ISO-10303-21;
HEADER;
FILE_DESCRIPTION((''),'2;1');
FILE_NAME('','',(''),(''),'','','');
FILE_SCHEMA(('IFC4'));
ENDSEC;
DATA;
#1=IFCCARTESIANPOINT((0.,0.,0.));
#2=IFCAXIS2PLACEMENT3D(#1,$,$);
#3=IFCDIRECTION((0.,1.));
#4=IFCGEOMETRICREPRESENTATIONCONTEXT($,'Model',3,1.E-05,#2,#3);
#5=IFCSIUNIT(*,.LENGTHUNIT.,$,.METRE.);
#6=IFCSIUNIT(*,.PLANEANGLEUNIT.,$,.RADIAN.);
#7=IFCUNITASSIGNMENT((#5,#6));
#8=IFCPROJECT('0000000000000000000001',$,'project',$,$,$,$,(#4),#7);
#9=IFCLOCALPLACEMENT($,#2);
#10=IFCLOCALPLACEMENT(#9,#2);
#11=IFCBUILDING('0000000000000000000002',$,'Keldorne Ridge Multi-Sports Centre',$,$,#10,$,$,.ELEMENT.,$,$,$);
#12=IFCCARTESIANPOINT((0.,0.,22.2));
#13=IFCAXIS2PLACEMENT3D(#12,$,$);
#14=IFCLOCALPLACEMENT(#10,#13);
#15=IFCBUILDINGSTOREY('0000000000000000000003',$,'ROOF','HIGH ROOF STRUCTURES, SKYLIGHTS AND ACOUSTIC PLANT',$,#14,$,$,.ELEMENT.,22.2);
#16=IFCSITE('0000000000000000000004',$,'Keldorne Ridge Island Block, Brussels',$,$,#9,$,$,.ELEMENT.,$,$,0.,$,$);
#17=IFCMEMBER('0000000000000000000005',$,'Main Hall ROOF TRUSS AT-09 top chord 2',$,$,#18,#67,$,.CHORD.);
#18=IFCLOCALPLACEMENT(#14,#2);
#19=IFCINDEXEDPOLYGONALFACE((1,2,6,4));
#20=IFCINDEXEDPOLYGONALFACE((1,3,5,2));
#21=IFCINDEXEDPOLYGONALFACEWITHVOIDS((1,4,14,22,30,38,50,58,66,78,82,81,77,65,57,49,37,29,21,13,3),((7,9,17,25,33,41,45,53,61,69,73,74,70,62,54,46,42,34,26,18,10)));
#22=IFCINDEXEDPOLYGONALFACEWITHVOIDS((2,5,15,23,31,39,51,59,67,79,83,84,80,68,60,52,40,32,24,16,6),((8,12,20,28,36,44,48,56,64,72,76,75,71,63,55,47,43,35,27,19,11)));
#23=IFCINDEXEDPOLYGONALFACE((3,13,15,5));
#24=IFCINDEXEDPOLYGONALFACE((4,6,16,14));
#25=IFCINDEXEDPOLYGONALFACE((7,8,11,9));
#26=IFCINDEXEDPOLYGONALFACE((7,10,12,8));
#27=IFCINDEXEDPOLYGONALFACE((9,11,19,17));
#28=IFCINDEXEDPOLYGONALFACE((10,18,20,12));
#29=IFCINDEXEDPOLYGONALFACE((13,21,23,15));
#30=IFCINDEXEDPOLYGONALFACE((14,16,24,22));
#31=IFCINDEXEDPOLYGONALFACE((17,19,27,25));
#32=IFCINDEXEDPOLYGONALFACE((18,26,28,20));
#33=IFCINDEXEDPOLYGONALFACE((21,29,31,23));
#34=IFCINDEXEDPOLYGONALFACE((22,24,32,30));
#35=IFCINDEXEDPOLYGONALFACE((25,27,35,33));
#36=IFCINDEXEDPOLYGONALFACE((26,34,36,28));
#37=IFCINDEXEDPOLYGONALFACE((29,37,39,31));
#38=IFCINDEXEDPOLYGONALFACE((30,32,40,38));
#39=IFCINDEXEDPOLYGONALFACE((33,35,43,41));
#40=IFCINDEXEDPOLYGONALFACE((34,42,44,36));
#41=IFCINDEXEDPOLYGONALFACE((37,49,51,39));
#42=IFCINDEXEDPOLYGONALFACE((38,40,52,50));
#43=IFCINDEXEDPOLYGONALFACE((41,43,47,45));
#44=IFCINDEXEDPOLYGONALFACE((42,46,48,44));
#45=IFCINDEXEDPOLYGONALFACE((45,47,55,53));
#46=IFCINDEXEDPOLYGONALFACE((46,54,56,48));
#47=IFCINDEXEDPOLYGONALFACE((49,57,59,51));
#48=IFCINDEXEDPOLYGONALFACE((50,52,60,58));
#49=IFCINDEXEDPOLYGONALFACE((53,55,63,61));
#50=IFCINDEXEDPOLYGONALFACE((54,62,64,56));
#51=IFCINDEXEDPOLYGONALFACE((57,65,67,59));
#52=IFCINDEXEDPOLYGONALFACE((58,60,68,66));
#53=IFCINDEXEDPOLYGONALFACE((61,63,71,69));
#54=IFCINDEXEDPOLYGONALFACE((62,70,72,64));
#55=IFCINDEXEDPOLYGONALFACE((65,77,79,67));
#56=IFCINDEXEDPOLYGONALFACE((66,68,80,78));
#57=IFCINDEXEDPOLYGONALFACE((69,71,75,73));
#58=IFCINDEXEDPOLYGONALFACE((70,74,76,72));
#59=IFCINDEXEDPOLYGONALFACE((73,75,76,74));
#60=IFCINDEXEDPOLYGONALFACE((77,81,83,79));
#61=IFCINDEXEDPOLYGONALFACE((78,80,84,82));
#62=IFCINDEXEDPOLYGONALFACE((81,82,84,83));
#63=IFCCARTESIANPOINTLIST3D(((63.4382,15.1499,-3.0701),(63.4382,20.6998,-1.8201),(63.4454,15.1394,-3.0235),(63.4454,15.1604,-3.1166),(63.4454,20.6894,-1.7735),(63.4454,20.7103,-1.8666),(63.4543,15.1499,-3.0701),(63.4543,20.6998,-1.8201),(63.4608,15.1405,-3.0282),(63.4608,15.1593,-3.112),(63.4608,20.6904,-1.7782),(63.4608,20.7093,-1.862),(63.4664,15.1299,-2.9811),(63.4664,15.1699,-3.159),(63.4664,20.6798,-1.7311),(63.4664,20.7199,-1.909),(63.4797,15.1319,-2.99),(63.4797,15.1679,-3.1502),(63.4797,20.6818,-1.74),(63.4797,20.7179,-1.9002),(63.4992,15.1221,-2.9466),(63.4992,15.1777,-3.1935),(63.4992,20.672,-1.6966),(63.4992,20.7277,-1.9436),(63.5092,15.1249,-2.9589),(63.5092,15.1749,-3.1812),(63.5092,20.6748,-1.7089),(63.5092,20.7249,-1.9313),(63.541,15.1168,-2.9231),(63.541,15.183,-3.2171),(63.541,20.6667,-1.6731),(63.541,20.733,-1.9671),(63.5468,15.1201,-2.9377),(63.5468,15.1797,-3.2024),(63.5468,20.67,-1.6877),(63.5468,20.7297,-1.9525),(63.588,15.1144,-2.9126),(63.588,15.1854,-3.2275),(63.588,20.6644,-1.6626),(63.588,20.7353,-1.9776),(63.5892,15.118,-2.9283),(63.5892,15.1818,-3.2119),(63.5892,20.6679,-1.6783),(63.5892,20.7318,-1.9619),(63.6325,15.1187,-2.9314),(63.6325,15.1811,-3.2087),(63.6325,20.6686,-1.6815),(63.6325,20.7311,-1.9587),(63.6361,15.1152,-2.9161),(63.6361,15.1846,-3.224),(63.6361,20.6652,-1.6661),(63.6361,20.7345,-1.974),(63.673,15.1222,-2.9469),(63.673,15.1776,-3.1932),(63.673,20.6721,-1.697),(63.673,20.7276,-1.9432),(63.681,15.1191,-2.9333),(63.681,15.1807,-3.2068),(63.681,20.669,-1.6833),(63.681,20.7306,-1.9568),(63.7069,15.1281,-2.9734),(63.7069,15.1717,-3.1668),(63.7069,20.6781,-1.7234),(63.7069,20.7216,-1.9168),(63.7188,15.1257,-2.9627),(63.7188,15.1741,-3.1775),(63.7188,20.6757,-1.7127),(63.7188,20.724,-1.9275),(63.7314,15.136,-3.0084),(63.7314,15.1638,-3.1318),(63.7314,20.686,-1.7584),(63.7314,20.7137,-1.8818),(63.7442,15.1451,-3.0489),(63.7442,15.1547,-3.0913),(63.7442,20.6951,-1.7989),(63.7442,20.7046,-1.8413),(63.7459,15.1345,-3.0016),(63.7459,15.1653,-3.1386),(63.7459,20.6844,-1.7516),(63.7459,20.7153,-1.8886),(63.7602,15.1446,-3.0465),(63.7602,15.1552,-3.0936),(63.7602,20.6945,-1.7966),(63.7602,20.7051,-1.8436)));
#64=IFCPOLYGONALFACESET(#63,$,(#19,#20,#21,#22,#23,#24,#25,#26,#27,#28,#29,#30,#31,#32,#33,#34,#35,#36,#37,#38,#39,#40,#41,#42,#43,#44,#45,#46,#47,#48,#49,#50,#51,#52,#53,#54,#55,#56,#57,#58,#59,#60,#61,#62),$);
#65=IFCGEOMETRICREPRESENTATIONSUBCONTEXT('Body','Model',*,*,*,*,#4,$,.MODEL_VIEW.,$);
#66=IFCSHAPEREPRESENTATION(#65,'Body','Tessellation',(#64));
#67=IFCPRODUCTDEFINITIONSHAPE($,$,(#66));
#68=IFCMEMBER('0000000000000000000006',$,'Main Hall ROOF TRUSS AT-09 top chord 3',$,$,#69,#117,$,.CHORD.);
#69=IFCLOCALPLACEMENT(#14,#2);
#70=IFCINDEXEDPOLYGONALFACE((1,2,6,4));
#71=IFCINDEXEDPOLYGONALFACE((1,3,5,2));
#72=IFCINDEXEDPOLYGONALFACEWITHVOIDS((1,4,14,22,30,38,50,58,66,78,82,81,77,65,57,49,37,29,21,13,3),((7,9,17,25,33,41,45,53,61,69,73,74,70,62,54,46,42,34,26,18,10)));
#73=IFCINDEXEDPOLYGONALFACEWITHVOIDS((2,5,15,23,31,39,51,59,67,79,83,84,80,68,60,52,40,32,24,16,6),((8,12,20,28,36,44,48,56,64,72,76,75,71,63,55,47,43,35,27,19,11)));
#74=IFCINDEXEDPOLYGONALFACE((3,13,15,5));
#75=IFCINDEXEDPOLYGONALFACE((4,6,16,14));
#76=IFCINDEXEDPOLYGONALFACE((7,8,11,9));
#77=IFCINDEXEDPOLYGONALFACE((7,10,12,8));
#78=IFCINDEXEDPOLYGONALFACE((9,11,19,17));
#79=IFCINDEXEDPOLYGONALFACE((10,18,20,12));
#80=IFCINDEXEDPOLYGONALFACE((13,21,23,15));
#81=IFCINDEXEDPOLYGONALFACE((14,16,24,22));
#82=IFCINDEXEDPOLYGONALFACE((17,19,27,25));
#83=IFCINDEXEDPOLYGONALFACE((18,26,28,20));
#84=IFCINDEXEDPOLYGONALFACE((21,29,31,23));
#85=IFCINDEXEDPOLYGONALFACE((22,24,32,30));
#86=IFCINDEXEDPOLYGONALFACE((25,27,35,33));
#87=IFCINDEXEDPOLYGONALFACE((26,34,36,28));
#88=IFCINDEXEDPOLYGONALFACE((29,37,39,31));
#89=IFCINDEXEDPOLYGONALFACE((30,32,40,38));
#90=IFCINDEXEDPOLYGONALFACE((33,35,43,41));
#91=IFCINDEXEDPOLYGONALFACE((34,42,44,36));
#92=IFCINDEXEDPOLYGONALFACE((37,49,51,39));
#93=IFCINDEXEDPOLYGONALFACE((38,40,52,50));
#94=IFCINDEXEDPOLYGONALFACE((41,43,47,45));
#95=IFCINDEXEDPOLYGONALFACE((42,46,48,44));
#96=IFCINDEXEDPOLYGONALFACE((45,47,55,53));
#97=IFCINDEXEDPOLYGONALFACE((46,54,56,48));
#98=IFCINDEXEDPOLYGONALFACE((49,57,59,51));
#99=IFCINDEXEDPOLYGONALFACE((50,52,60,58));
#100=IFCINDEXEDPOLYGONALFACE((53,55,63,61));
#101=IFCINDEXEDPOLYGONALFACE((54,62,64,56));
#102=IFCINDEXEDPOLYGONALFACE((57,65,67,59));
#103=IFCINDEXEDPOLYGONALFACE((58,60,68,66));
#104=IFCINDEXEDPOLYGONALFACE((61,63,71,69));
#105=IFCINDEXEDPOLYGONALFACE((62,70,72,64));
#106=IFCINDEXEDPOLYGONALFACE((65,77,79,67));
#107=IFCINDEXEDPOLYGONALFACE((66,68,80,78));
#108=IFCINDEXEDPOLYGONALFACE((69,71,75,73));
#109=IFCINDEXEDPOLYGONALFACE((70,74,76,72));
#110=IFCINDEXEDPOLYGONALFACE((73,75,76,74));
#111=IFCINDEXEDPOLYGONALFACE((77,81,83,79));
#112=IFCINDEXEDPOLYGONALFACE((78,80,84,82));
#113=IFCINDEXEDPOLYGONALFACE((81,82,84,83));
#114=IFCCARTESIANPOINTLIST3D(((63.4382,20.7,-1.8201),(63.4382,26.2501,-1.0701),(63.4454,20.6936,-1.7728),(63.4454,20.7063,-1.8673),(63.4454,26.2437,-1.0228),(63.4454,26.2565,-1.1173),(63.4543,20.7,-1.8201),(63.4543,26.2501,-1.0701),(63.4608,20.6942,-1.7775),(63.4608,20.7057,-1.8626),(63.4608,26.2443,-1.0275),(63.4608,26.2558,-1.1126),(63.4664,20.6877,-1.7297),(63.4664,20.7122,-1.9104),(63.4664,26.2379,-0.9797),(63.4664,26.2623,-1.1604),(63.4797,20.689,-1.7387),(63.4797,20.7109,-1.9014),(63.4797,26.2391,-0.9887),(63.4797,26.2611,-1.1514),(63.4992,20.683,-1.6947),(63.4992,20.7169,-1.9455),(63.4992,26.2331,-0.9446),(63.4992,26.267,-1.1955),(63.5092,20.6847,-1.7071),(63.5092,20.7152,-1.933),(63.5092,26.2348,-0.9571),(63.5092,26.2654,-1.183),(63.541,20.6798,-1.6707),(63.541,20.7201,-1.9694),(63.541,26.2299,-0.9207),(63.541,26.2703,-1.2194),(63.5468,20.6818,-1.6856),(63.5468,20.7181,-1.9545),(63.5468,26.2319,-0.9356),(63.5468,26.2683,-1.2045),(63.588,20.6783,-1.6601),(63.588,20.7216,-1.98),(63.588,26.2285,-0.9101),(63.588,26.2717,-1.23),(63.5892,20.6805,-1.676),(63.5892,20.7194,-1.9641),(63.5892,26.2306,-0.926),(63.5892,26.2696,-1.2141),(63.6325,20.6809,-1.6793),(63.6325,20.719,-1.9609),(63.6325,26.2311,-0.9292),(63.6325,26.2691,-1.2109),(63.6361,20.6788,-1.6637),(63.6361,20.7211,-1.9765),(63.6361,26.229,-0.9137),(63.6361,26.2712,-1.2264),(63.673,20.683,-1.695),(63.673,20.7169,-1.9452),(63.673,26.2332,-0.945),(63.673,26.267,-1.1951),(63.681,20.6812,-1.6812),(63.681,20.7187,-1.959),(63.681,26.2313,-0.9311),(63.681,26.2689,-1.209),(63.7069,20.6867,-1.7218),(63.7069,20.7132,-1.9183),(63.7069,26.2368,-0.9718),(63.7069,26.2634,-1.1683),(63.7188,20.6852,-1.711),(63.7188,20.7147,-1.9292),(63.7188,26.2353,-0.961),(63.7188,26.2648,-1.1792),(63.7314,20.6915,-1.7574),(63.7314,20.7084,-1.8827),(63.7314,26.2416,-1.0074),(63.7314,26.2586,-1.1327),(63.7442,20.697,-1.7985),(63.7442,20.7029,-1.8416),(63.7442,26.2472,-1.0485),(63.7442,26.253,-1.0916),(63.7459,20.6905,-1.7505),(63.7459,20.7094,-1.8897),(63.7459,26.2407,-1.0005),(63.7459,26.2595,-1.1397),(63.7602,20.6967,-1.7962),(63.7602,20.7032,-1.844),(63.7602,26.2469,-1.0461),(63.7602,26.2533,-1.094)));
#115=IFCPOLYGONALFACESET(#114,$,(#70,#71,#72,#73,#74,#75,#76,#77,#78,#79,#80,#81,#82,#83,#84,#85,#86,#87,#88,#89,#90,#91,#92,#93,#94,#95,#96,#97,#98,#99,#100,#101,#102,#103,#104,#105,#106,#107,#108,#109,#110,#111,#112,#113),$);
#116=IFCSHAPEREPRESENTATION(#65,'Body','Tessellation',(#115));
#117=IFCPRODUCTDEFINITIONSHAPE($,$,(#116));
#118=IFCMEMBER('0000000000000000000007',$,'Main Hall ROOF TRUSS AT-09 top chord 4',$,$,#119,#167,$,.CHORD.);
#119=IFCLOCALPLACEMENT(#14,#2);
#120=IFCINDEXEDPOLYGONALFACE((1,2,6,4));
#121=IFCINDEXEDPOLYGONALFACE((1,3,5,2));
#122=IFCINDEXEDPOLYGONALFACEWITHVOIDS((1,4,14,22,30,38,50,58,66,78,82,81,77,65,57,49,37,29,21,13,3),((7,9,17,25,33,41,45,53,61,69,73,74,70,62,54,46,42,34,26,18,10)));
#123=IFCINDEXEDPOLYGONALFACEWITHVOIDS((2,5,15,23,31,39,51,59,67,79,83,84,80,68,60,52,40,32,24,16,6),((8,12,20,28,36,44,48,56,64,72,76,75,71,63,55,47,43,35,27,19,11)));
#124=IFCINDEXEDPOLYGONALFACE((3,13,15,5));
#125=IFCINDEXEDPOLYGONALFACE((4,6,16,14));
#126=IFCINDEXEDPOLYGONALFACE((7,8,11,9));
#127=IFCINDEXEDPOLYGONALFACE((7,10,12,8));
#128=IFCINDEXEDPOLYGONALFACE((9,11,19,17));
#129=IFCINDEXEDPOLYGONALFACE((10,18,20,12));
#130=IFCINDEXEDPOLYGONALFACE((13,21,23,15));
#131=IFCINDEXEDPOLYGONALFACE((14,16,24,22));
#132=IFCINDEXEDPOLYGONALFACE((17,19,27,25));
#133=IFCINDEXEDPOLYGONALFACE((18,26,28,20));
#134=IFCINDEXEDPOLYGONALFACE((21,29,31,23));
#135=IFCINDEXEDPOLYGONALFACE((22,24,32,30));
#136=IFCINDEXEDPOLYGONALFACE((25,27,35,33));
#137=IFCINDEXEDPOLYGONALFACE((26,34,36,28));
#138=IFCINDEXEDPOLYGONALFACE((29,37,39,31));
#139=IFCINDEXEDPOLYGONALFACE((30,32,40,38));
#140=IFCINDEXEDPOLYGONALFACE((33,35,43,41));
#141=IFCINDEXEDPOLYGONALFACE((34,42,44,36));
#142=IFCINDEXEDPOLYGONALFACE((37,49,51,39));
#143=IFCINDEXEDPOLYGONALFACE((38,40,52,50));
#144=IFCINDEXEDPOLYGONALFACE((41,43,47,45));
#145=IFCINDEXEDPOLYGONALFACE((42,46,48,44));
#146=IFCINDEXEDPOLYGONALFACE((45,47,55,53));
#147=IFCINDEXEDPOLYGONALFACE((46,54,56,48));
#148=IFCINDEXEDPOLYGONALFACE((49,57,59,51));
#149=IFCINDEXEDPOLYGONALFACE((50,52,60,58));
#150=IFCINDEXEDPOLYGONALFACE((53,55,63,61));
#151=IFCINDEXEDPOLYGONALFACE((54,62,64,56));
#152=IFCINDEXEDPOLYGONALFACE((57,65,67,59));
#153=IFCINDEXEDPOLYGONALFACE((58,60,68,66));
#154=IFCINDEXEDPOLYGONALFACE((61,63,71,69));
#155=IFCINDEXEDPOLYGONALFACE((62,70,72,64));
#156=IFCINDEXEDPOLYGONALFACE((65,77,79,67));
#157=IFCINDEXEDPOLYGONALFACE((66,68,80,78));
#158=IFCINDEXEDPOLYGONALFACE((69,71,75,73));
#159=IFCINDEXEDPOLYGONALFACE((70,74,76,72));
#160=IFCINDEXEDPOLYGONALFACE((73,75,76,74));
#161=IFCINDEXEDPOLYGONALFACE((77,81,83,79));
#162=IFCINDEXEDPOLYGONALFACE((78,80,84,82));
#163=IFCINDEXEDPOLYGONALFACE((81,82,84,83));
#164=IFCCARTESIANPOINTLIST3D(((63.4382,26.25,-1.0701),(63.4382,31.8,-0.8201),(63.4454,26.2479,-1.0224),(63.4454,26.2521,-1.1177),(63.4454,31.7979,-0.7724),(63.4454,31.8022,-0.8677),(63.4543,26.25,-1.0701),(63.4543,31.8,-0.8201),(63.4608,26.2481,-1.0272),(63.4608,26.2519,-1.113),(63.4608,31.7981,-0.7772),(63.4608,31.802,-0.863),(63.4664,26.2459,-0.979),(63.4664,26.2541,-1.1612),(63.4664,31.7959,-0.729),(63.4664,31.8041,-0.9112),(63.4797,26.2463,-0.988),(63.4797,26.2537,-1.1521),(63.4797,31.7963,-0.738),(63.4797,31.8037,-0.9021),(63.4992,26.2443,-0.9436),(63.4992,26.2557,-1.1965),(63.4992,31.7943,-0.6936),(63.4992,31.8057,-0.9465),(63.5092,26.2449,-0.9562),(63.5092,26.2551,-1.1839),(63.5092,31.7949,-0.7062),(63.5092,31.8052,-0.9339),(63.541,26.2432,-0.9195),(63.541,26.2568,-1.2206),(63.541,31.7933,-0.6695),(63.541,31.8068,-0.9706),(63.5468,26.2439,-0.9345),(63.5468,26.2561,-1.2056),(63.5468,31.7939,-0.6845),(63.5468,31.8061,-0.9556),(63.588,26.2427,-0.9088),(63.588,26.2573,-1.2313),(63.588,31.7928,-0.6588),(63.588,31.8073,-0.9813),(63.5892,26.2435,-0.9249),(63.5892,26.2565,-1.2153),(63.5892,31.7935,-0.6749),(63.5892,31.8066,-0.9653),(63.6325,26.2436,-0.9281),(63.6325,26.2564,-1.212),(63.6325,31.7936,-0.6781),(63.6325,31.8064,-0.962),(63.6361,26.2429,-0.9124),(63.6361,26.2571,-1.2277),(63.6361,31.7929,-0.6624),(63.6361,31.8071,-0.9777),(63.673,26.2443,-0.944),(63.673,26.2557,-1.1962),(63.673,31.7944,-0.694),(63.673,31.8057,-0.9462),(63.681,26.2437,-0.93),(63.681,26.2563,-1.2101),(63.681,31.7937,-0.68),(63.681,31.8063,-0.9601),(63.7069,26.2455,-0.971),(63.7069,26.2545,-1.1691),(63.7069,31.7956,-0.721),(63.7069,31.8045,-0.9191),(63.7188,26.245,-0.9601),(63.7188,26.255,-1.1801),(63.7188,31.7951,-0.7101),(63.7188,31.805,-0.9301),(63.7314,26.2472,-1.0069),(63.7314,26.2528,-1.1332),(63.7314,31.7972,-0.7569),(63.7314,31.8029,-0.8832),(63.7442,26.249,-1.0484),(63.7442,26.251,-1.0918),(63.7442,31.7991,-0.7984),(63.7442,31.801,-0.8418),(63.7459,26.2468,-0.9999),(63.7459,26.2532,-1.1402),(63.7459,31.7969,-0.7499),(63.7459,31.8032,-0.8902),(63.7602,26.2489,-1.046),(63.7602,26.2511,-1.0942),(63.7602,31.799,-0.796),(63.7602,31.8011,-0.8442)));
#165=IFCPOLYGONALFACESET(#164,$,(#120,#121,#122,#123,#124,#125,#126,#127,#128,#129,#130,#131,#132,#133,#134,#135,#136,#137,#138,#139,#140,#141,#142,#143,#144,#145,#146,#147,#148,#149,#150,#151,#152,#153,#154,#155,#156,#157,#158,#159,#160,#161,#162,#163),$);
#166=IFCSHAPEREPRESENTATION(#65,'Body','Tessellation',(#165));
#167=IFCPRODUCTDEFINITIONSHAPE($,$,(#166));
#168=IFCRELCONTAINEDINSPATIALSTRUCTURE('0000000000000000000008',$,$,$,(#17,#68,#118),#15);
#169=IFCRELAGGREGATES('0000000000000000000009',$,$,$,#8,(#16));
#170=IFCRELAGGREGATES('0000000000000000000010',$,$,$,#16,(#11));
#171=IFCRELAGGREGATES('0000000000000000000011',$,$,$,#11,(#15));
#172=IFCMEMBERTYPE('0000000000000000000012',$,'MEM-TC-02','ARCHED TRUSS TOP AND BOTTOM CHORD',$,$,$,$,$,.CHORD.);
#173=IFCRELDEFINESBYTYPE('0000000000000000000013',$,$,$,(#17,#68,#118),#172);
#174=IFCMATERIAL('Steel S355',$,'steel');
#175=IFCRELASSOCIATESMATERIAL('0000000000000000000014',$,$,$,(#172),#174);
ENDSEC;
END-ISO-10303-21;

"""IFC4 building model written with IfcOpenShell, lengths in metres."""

from ifc_helpers import new_model, si_unit, direction, frame, origin, origin_2d, place, context, subcontext, project, spatial, hollow_circle, extrude, material, material_profile, profile_set, type_object, element, save


model = new_model("IFC4")

# Units and contexts
model_context = context("Model", 3, precision=1e-05, world=origin(), true_north=direction((0.0, 1.0)))
body_context = subcontext(model_context, "Body", "Model", "MODEL_VIEW")
ifc_project = project(units=[si_unit("LENGTHUNIT", "METRE"), si_unit("PLANEANGLEUNIT", "RADIAN")], contexts=[model_context])

# Site, building, storey
site_placement = place(None, origin())
site = spatial("IfcSite", under=ifc_project, at=site_placement, Name="Keldorne Ridge Island Block, Brussels", CompositionType="ELEMENT", RefElevation=0.0)
building_placement = place(site_placement, origin())
building = spatial("IfcBuilding", under=site, at=building_placement, Name="Keldorne Ridge Multi-Sports Centre", CompositionType="ELEMENT")
storey_placement = place(building_placement, frame((0.0, 0.0, 22.2)))
storey = spatial("IfcBuildingStorey", under=building, at=storey_placement, Name="ROOF", Description="HIGH ROOF STRUCTURES, SKYLIGHTS AND ACOUSTIC PLANT", CompositionType="ELEMENT", Elevation=22.2)

# Members
ifc_material = material(Name="Steel S355", Category="steel")
ifc_material_profile_1 = material_profile(ifc_material, hollow_circle(Radius=0.1619, WallThickness=0.0161, at=origin_2d()), Name="CHS 323.9x16")
ifc_profile_set_1 = profile_set([ifc_material_profile_1], Name="Steel S355")
member_type_1 = type_object("IfcMemberType", Name="MEM-TC-02", Description="ARCHED TRUSS TOP AND BOTTOM CHORD", PredefinedType="CHORD", material=ifc_profile_set_1)
member_1_placement = place(storey_placement, frame((63.6001, 15.1499, -3.0701), z_axis=(0.0, 0.975563, 0.219719), x_axis=(-1.0, 0.0, 0.0)))
element("IfcMember", 1, at=member_1_placement, inside=storey, type_object=member_type_1, Name="Main Hall ROOF TRUSS AT-09 top chord 2", PredefinedType="CHORD", context=body_context, shape_type="SweptSolid", body=[
    extrude(hollow_circle(Radius=0.1619, WallThickness=0.0161, at=origin_2d()), origin(), (0.0, 0.0, 1.0), 5.689),
])
member_2_placement = place(storey_placement, frame((63.6001, 20.7, -1.8201), z_axis=(0.0, 0.990993, 0.133917), x_axis=(-1.0, 0.0, 0.0)))
element("IfcMember", 2, at=member_2_placement, inside=storey, type_object=member_type_1, Name="Main Hall ROOF TRUSS AT-09 top chord 3", PredefinedType="CHORD", context=body_context, shape_type="SweptSolid", body=[
    extrude(hollow_circle(Radius=0.1619, WallThickness=0.0161, at=origin_2d()), origin(), (0.0, 0.0, 1.0), 5.6006),
])
member_3_placement = place(storey_placement, frame((63.6001, 26.25, -1.0701), z_axis=(0.0, 0.998987, 0.044999), x_axis=(-1.0, 0.0, 0.0)))
element("IfcMember", 3, at=member_3_placement, inside=storey, type_object=member_type_1, Name="Main Hall ROOF TRUSS AT-09 top chord 4", PredefinedType="CHORD", context=body_context, shape_type="SweptSolid", body=[
    extrude(hollow_circle(Radius=0.1619, WallThickness=0.0161, at=origin_2d()), origin(), (0.0, 0.0, 1.0), 5.5557),
])

save(model, "model.ifc")
